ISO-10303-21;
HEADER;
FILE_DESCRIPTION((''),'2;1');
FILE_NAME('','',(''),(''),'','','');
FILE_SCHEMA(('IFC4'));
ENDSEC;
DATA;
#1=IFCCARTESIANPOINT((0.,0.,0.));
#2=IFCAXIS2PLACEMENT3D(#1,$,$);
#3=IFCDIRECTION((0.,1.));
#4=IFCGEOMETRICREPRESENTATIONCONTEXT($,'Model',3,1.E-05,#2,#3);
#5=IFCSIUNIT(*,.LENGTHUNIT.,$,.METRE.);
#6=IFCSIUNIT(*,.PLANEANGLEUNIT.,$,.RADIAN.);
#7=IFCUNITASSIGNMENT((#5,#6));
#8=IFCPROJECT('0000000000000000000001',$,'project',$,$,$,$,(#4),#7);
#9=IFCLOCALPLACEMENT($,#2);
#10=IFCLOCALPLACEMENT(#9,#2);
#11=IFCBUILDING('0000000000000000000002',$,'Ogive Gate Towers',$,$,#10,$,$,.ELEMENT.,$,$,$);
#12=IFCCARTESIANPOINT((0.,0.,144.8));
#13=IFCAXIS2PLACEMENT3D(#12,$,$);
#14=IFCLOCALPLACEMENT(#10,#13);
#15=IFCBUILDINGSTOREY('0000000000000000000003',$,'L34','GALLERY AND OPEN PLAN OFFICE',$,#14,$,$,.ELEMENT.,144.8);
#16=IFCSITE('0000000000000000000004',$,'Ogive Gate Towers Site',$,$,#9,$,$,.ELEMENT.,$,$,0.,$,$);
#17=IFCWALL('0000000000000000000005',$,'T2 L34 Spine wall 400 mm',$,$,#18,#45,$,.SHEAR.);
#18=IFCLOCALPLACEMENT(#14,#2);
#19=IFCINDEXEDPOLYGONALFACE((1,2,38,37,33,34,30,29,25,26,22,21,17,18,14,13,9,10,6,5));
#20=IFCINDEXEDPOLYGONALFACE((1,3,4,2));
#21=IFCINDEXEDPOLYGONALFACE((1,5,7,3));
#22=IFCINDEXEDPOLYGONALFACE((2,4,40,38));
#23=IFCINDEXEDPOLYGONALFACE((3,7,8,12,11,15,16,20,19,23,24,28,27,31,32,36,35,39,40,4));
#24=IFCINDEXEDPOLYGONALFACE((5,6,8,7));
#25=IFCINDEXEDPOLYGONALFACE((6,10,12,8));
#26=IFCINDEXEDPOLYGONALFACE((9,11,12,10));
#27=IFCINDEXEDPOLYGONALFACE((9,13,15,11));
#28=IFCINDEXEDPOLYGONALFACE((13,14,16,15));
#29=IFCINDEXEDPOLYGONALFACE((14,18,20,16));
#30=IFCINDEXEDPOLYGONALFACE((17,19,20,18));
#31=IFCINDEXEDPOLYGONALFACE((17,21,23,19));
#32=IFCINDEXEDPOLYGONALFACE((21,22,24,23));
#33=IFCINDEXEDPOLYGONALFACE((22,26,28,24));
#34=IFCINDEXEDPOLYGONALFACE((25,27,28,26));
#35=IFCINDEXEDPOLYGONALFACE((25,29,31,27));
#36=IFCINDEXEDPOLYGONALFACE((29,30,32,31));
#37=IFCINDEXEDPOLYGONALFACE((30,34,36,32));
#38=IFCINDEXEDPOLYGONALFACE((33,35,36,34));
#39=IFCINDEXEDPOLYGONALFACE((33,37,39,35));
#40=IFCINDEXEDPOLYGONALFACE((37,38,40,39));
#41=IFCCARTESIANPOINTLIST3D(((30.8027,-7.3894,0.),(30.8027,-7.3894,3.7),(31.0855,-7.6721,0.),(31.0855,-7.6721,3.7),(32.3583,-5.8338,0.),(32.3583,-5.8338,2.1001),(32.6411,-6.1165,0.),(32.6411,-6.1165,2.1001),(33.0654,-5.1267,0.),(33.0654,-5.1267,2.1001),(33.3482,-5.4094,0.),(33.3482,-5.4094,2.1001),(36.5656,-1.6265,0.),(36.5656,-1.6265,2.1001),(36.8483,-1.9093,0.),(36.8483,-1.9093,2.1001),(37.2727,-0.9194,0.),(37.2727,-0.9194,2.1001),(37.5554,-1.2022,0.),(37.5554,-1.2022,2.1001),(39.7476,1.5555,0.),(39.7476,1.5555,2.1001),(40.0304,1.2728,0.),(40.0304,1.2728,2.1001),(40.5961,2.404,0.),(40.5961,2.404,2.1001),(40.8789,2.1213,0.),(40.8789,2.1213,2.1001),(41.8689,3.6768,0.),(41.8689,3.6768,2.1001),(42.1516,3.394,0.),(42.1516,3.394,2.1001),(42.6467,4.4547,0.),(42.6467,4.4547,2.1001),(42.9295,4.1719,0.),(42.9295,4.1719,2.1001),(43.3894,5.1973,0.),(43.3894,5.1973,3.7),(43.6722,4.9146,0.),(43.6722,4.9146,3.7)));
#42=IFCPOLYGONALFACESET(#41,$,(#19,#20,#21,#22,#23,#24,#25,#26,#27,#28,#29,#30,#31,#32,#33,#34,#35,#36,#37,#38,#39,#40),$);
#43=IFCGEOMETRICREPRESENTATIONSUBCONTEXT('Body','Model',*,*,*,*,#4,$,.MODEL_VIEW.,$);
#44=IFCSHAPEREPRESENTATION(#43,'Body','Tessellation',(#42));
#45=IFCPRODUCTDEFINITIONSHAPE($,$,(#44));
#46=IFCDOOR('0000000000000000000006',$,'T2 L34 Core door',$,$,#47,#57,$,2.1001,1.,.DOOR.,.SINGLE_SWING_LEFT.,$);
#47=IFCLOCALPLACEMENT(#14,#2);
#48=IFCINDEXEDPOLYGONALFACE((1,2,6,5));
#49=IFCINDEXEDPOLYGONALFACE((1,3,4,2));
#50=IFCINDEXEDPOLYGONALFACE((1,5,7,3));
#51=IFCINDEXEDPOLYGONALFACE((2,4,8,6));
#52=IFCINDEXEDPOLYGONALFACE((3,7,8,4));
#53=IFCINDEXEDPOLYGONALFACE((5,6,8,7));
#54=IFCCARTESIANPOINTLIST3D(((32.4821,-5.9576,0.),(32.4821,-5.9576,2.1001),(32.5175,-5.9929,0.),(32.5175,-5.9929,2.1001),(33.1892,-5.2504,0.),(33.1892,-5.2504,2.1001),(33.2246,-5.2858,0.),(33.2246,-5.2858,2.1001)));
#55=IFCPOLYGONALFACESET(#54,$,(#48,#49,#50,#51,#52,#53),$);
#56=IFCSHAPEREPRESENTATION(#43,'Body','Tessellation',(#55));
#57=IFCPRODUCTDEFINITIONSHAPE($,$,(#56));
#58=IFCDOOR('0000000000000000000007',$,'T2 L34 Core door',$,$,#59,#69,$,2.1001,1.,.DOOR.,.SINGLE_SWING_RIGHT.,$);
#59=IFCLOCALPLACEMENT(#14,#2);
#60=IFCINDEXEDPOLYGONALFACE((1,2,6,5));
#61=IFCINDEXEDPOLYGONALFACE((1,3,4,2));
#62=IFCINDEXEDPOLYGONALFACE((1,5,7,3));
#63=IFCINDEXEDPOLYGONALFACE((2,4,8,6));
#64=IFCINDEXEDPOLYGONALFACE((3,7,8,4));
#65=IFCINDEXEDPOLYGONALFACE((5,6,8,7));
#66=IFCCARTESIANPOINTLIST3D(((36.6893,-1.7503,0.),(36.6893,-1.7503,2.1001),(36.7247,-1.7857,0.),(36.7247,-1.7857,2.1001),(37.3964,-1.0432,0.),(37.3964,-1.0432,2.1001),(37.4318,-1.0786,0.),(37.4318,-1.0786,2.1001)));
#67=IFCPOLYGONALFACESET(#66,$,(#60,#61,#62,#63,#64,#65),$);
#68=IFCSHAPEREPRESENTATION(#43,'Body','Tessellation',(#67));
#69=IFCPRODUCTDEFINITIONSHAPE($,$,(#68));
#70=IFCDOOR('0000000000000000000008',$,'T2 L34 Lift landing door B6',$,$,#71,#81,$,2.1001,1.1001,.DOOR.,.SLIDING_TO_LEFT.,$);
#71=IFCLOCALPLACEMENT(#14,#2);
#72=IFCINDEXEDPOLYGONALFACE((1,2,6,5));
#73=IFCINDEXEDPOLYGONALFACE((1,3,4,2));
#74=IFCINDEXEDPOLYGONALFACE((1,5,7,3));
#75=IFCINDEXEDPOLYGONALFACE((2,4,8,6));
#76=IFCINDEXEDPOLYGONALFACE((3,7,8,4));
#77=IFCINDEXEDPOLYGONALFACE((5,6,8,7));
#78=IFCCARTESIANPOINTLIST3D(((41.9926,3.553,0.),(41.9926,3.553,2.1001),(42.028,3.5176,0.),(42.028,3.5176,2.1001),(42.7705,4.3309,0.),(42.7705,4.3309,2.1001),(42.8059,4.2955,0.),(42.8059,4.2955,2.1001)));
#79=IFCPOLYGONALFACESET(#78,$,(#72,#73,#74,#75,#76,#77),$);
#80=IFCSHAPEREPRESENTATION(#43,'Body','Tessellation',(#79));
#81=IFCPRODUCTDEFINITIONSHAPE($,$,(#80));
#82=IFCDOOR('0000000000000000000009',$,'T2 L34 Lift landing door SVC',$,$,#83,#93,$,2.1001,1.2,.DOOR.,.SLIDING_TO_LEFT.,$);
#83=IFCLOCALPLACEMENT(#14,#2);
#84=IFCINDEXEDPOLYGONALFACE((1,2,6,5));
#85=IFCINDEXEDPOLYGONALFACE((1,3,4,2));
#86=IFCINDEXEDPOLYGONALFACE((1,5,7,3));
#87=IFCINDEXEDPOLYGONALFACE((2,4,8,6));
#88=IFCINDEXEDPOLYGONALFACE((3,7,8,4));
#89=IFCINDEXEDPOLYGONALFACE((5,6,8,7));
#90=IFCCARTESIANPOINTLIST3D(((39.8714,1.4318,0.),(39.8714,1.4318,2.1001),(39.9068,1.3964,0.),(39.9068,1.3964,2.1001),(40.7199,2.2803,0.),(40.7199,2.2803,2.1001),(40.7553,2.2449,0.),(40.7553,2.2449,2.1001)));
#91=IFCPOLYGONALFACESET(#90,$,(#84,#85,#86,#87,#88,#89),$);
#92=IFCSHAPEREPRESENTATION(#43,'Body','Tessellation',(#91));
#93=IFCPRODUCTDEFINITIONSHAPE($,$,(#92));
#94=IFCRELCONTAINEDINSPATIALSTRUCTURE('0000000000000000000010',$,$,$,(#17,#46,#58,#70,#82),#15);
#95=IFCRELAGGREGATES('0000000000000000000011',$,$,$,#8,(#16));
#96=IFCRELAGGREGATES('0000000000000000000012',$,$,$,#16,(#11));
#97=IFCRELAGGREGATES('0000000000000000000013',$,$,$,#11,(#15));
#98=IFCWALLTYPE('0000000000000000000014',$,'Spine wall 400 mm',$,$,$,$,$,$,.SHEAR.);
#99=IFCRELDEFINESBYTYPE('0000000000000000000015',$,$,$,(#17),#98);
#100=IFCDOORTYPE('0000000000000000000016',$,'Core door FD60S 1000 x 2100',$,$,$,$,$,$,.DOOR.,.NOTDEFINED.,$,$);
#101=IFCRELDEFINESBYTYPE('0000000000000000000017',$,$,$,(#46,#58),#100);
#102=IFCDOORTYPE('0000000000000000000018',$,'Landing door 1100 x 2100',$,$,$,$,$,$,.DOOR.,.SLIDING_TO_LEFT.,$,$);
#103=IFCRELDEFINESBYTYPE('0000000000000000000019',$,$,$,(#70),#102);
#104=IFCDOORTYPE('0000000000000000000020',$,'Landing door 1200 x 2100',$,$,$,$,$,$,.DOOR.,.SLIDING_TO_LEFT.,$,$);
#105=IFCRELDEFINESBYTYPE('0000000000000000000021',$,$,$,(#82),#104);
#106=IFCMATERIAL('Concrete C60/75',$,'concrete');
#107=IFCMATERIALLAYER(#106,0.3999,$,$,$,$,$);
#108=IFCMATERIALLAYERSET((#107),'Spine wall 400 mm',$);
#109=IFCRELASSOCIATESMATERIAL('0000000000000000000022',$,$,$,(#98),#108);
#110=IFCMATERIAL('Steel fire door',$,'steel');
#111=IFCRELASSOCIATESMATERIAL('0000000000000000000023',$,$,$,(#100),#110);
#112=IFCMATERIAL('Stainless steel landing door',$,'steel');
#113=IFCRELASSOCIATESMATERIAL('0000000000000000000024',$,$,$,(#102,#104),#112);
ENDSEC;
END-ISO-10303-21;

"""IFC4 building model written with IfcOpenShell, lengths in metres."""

from ifc_helpers import new_model, si_unit, direction, frame, frame_2d, origin, place, context, subcontext, project, spatial, rectangle, extrude, material, layer, layer_set, type_object, element, fill, save


model = new_model("IFC4")

# Units and contexts
model_context = context("Model", 3, precision=1e-05, world=origin(), true_north=direction((0.0, 1.0)))
body_context = subcontext(model_context, "Body", "Model", "MODEL_VIEW")
ifc_project = project(units=[si_unit("LENGTHUNIT", "METRE"), si_unit("PLANEANGLEUNIT", "RADIAN")], contexts=[model_context])

# Site, building, storey
site_placement = place(None, origin())
site = spatial("IfcSite", under=ifc_project, at=site_placement, Name="Ogive Gate Towers Site", CompositionType="ELEMENT", RefElevation=0.0)
building_placement = place(site_placement, origin())
building = spatial("IfcBuilding", under=site, at=building_placement, Name="Ogive Gate Towers", CompositionType="ELEMENT")
storey_placement = place(building_placement, frame((0.0, 0.0, 144.8)))
storey = spatial("IfcBuildingStorey", under=building, at=storey_placement, Name="L34", Description="GALLERY AND OPEN PLAN OFFICE", CompositionType="ELEMENT", Elevation=144.8)

# Shared definitions
ifc_material_1 = material(Name="Concrete C60/75", Category="concrete")

# Wall, openings, doors
ifc_layer_1 = layer(ifc_material_1, 0.3999)
ifc_layer_set_1 = layer_set([ifc_layer_1], Name="Spine wall 400 mm")
wall_type_1 = type_object("IfcWallType", Name="Spine wall 400 mm", PredefinedType="SHEAR", material=ifc_layer_set_1)
wall_1_placement = place(storey_placement, frame((30.9441, -7.5308, 0.0), z_axis=(0.0, 0.0, 1.0), x_axis=(0.707107, 0.707107, 0.0)))
wall_1 = element("IfcWall", 1, at=wall_1_placement, inside=storey, type_object=wall_type_1, Name="T2 L34 Spine wall 400 mm", PredefinedType="SHEAR", context=body_context, shape_type="SweptSolid", body=[
    extrude(rectangle(XDim=17.8003, YDim=0.3999, at=frame_2d((8.9001, 0.0))), origin(), (0.0, 0.0, 1.0), 3.7),
])
opening_1_placement = place(wall_1_placement, frame((12.6499, 0.0, 0.0)))
opening_1 = element("IfcOpeningElement", 2, at=opening_1_placement, cuts=wall_1, PredefinedType="OPENING", context=body_context, shape_type="SweptSolid", body=[
    extrude(rectangle(XDim=1.2, YDim=2.1001, at=frame_2d((0.6001, 1.05))), frame((0.0, 0.21, 0.0), z_axis=(0.0, -1.0, 0.0), x_axis=(1.0, 0.0, 0.0)), (0.0, 0.0, 1.0), 0.4199),
])
opening_2_placement = place(wall_1_placement, frame((15.6499, 0.0, 0.0)))
opening_2 = element("IfcOpeningElement", 3, at=opening_2_placement, cuts=wall_1, PredefinedType="OPENING", context=body_context, shape_type="SweptSolid", body=[
    extrude(rectangle(XDim=1.1001, YDim=2.1001, at=frame_2d((0.55, 1.05))), frame((0.0, 0.21, 0.0), z_axis=(0.0, -1.0, 0.0), x_axis=(1.0, 0.0, 0.0)), (0.0, 0.0, 1.0), 0.4199),
])
opening_3_placement = place(wall_1_placement, frame((2.2, 0.0, 0.0)))
opening_3 = element("IfcOpeningElement", 4, at=opening_3_placement, cuts=wall_1, PredefinedType="OPENING", context=body_context, shape_type="SweptSolid", body=[
    extrude(rectangle(XDim=1.0, YDim=2.1001, at=frame_2d((0.5, 1.05))), frame((0.0, 0.21, 0.0), z_axis=(0.0, -1.0, 0.0), x_axis=(1.0, 0.0, 0.0)), (0.0, 0.0, 1.0), 0.4199),
])
opening_4_placement = place(wall_1_placement, frame((8.1499, 0.0, 0.0)))
opening_4 = element("IfcOpeningElement", 5, at=opening_4_placement, cuts=wall_1, PredefinedType="OPENING", context=body_context, shape_type="SweptSolid", body=[
    extrude(rectangle(XDim=1.0, YDim=2.1001, at=frame_2d((0.5, 1.05))), frame((0.0, 0.21, 0.0), z_axis=(0.0, -1.0, 0.0), x_axis=(1.0, 0.0, 0.0)), (0.0, 0.0, 1.0), 0.4199),
])
ifc_material_2 = material(Name="Steel fire door", Category="steel")
door_type_1 = type_object("IfcDoorType", Name="Core door FD60S 1000 x 2100", OperationType="NOTDEFINED", PredefinedType="DOOR", material=ifc_material_2)
door_1_placement = place(opening_3_placement, origin())
door_1 = element("IfcDoor", 6, at=door_1_placement, inside=storey, type_object=door_type_1, Name="T2 L34 Core door", OperationType="SINGLE_SWING_LEFT", OverallHeight=2.1001, OverallWidth=1.0, PredefinedType="DOOR", context=body_context, shape_type="SweptSolid", body=[
    extrude(rectangle(XDim=1.0, YDim=2.1001, at=frame_2d((0.5, 1.05))), frame((0.0, 0.0249, 0.0), z_axis=(0.0, -1.0, 0.0), x_axis=(1.0, 0.0, 0.0)), (0.0, 0.0, 1.0), 0.05),
])
fill(opening_3, door_1)
door_2_placement = place(opening_4_placement, origin())
door_2 = element("IfcDoor", 7, at=door_2_placement, inside=storey, type_object=door_type_1, Name="T2 L34 Core door", OperationType="SINGLE_SWING_RIGHT", OverallHeight=2.1001, OverallWidth=1.0, PredefinedType="DOOR", context=body_context, shape_type="SweptSolid", body=[
    extrude(rectangle(XDim=1.0, YDim=2.1001, at=frame_2d((0.5, 1.05))), frame((0.0, 0.0249, 0.0), z_axis=(0.0, -1.0, 0.0), x_axis=(1.0, 0.0, 0.0)), (0.0, 0.0, 1.0), 0.05),
])
fill(opening_4, door_2)
ifc_material_3 = material(Name="Stainless steel landing door", Category="steel")
door_type_2 = type_object("IfcDoorType", Name="Landing door 1100 x 2100", OperationType="SLIDING_TO_LEFT", PredefinedType="DOOR", material=ifc_material_3)
door_3_placement = place(opening_2_placement, origin())
door_3 = element("IfcDoor", 8, at=door_3_placement, inside=storey, type_object=door_type_2, Name="T2 L34 Lift landing door B6", OperationType="SLIDING_TO_LEFT", OverallHeight=2.1001, OverallWidth=1.1001, PredefinedType="DOOR", context=body_context, shape_type="SweptSolid", body=[
    extrude(rectangle(XDim=1.1001, YDim=2.1001, at=frame_2d((0.55, 1.05))), frame((0.0, 0.0249, 0.0), z_axis=(0.0, -1.0, 0.0), x_axis=(1.0, 0.0, 0.0)), (0.0, 0.0, 1.0), 0.05),
])
fill(opening_2, door_3)
door_type_3 = type_object("IfcDoorType", Name="Landing door 1200 x 2100", OperationType="SLIDING_TO_LEFT", PredefinedType="DOOR", material=ifc_material_3)
door_4_placement = place(opening_1_placement, origin())
door_4 = element("IfcDoor", 9, at=door_4_placement, inside=storey, type_object=door_type_3, Name="T2 L34 Lift landing door SVC", OperationType="SLIDING_TO_LEFT", OverallHeight=2.1001, OverallWidth=1.2, PredefinedType="DOOR", context=body_context, shape_type="SweptSolid", body=[
    extrude(rectangle(XDim=1.2, YDim=2.1001, at=frame_2d((0.6001, 1.05))), frame((0.0, 0.0249, 0.0), z_axis=(0.0, -1.0, 0.0), x_axis=(1.0, 0.0, 0.0)), (0.0, 0.0, 1.0), 0.05),
])
fill(opening_1, door_4)

save(model, "model.ifc")
